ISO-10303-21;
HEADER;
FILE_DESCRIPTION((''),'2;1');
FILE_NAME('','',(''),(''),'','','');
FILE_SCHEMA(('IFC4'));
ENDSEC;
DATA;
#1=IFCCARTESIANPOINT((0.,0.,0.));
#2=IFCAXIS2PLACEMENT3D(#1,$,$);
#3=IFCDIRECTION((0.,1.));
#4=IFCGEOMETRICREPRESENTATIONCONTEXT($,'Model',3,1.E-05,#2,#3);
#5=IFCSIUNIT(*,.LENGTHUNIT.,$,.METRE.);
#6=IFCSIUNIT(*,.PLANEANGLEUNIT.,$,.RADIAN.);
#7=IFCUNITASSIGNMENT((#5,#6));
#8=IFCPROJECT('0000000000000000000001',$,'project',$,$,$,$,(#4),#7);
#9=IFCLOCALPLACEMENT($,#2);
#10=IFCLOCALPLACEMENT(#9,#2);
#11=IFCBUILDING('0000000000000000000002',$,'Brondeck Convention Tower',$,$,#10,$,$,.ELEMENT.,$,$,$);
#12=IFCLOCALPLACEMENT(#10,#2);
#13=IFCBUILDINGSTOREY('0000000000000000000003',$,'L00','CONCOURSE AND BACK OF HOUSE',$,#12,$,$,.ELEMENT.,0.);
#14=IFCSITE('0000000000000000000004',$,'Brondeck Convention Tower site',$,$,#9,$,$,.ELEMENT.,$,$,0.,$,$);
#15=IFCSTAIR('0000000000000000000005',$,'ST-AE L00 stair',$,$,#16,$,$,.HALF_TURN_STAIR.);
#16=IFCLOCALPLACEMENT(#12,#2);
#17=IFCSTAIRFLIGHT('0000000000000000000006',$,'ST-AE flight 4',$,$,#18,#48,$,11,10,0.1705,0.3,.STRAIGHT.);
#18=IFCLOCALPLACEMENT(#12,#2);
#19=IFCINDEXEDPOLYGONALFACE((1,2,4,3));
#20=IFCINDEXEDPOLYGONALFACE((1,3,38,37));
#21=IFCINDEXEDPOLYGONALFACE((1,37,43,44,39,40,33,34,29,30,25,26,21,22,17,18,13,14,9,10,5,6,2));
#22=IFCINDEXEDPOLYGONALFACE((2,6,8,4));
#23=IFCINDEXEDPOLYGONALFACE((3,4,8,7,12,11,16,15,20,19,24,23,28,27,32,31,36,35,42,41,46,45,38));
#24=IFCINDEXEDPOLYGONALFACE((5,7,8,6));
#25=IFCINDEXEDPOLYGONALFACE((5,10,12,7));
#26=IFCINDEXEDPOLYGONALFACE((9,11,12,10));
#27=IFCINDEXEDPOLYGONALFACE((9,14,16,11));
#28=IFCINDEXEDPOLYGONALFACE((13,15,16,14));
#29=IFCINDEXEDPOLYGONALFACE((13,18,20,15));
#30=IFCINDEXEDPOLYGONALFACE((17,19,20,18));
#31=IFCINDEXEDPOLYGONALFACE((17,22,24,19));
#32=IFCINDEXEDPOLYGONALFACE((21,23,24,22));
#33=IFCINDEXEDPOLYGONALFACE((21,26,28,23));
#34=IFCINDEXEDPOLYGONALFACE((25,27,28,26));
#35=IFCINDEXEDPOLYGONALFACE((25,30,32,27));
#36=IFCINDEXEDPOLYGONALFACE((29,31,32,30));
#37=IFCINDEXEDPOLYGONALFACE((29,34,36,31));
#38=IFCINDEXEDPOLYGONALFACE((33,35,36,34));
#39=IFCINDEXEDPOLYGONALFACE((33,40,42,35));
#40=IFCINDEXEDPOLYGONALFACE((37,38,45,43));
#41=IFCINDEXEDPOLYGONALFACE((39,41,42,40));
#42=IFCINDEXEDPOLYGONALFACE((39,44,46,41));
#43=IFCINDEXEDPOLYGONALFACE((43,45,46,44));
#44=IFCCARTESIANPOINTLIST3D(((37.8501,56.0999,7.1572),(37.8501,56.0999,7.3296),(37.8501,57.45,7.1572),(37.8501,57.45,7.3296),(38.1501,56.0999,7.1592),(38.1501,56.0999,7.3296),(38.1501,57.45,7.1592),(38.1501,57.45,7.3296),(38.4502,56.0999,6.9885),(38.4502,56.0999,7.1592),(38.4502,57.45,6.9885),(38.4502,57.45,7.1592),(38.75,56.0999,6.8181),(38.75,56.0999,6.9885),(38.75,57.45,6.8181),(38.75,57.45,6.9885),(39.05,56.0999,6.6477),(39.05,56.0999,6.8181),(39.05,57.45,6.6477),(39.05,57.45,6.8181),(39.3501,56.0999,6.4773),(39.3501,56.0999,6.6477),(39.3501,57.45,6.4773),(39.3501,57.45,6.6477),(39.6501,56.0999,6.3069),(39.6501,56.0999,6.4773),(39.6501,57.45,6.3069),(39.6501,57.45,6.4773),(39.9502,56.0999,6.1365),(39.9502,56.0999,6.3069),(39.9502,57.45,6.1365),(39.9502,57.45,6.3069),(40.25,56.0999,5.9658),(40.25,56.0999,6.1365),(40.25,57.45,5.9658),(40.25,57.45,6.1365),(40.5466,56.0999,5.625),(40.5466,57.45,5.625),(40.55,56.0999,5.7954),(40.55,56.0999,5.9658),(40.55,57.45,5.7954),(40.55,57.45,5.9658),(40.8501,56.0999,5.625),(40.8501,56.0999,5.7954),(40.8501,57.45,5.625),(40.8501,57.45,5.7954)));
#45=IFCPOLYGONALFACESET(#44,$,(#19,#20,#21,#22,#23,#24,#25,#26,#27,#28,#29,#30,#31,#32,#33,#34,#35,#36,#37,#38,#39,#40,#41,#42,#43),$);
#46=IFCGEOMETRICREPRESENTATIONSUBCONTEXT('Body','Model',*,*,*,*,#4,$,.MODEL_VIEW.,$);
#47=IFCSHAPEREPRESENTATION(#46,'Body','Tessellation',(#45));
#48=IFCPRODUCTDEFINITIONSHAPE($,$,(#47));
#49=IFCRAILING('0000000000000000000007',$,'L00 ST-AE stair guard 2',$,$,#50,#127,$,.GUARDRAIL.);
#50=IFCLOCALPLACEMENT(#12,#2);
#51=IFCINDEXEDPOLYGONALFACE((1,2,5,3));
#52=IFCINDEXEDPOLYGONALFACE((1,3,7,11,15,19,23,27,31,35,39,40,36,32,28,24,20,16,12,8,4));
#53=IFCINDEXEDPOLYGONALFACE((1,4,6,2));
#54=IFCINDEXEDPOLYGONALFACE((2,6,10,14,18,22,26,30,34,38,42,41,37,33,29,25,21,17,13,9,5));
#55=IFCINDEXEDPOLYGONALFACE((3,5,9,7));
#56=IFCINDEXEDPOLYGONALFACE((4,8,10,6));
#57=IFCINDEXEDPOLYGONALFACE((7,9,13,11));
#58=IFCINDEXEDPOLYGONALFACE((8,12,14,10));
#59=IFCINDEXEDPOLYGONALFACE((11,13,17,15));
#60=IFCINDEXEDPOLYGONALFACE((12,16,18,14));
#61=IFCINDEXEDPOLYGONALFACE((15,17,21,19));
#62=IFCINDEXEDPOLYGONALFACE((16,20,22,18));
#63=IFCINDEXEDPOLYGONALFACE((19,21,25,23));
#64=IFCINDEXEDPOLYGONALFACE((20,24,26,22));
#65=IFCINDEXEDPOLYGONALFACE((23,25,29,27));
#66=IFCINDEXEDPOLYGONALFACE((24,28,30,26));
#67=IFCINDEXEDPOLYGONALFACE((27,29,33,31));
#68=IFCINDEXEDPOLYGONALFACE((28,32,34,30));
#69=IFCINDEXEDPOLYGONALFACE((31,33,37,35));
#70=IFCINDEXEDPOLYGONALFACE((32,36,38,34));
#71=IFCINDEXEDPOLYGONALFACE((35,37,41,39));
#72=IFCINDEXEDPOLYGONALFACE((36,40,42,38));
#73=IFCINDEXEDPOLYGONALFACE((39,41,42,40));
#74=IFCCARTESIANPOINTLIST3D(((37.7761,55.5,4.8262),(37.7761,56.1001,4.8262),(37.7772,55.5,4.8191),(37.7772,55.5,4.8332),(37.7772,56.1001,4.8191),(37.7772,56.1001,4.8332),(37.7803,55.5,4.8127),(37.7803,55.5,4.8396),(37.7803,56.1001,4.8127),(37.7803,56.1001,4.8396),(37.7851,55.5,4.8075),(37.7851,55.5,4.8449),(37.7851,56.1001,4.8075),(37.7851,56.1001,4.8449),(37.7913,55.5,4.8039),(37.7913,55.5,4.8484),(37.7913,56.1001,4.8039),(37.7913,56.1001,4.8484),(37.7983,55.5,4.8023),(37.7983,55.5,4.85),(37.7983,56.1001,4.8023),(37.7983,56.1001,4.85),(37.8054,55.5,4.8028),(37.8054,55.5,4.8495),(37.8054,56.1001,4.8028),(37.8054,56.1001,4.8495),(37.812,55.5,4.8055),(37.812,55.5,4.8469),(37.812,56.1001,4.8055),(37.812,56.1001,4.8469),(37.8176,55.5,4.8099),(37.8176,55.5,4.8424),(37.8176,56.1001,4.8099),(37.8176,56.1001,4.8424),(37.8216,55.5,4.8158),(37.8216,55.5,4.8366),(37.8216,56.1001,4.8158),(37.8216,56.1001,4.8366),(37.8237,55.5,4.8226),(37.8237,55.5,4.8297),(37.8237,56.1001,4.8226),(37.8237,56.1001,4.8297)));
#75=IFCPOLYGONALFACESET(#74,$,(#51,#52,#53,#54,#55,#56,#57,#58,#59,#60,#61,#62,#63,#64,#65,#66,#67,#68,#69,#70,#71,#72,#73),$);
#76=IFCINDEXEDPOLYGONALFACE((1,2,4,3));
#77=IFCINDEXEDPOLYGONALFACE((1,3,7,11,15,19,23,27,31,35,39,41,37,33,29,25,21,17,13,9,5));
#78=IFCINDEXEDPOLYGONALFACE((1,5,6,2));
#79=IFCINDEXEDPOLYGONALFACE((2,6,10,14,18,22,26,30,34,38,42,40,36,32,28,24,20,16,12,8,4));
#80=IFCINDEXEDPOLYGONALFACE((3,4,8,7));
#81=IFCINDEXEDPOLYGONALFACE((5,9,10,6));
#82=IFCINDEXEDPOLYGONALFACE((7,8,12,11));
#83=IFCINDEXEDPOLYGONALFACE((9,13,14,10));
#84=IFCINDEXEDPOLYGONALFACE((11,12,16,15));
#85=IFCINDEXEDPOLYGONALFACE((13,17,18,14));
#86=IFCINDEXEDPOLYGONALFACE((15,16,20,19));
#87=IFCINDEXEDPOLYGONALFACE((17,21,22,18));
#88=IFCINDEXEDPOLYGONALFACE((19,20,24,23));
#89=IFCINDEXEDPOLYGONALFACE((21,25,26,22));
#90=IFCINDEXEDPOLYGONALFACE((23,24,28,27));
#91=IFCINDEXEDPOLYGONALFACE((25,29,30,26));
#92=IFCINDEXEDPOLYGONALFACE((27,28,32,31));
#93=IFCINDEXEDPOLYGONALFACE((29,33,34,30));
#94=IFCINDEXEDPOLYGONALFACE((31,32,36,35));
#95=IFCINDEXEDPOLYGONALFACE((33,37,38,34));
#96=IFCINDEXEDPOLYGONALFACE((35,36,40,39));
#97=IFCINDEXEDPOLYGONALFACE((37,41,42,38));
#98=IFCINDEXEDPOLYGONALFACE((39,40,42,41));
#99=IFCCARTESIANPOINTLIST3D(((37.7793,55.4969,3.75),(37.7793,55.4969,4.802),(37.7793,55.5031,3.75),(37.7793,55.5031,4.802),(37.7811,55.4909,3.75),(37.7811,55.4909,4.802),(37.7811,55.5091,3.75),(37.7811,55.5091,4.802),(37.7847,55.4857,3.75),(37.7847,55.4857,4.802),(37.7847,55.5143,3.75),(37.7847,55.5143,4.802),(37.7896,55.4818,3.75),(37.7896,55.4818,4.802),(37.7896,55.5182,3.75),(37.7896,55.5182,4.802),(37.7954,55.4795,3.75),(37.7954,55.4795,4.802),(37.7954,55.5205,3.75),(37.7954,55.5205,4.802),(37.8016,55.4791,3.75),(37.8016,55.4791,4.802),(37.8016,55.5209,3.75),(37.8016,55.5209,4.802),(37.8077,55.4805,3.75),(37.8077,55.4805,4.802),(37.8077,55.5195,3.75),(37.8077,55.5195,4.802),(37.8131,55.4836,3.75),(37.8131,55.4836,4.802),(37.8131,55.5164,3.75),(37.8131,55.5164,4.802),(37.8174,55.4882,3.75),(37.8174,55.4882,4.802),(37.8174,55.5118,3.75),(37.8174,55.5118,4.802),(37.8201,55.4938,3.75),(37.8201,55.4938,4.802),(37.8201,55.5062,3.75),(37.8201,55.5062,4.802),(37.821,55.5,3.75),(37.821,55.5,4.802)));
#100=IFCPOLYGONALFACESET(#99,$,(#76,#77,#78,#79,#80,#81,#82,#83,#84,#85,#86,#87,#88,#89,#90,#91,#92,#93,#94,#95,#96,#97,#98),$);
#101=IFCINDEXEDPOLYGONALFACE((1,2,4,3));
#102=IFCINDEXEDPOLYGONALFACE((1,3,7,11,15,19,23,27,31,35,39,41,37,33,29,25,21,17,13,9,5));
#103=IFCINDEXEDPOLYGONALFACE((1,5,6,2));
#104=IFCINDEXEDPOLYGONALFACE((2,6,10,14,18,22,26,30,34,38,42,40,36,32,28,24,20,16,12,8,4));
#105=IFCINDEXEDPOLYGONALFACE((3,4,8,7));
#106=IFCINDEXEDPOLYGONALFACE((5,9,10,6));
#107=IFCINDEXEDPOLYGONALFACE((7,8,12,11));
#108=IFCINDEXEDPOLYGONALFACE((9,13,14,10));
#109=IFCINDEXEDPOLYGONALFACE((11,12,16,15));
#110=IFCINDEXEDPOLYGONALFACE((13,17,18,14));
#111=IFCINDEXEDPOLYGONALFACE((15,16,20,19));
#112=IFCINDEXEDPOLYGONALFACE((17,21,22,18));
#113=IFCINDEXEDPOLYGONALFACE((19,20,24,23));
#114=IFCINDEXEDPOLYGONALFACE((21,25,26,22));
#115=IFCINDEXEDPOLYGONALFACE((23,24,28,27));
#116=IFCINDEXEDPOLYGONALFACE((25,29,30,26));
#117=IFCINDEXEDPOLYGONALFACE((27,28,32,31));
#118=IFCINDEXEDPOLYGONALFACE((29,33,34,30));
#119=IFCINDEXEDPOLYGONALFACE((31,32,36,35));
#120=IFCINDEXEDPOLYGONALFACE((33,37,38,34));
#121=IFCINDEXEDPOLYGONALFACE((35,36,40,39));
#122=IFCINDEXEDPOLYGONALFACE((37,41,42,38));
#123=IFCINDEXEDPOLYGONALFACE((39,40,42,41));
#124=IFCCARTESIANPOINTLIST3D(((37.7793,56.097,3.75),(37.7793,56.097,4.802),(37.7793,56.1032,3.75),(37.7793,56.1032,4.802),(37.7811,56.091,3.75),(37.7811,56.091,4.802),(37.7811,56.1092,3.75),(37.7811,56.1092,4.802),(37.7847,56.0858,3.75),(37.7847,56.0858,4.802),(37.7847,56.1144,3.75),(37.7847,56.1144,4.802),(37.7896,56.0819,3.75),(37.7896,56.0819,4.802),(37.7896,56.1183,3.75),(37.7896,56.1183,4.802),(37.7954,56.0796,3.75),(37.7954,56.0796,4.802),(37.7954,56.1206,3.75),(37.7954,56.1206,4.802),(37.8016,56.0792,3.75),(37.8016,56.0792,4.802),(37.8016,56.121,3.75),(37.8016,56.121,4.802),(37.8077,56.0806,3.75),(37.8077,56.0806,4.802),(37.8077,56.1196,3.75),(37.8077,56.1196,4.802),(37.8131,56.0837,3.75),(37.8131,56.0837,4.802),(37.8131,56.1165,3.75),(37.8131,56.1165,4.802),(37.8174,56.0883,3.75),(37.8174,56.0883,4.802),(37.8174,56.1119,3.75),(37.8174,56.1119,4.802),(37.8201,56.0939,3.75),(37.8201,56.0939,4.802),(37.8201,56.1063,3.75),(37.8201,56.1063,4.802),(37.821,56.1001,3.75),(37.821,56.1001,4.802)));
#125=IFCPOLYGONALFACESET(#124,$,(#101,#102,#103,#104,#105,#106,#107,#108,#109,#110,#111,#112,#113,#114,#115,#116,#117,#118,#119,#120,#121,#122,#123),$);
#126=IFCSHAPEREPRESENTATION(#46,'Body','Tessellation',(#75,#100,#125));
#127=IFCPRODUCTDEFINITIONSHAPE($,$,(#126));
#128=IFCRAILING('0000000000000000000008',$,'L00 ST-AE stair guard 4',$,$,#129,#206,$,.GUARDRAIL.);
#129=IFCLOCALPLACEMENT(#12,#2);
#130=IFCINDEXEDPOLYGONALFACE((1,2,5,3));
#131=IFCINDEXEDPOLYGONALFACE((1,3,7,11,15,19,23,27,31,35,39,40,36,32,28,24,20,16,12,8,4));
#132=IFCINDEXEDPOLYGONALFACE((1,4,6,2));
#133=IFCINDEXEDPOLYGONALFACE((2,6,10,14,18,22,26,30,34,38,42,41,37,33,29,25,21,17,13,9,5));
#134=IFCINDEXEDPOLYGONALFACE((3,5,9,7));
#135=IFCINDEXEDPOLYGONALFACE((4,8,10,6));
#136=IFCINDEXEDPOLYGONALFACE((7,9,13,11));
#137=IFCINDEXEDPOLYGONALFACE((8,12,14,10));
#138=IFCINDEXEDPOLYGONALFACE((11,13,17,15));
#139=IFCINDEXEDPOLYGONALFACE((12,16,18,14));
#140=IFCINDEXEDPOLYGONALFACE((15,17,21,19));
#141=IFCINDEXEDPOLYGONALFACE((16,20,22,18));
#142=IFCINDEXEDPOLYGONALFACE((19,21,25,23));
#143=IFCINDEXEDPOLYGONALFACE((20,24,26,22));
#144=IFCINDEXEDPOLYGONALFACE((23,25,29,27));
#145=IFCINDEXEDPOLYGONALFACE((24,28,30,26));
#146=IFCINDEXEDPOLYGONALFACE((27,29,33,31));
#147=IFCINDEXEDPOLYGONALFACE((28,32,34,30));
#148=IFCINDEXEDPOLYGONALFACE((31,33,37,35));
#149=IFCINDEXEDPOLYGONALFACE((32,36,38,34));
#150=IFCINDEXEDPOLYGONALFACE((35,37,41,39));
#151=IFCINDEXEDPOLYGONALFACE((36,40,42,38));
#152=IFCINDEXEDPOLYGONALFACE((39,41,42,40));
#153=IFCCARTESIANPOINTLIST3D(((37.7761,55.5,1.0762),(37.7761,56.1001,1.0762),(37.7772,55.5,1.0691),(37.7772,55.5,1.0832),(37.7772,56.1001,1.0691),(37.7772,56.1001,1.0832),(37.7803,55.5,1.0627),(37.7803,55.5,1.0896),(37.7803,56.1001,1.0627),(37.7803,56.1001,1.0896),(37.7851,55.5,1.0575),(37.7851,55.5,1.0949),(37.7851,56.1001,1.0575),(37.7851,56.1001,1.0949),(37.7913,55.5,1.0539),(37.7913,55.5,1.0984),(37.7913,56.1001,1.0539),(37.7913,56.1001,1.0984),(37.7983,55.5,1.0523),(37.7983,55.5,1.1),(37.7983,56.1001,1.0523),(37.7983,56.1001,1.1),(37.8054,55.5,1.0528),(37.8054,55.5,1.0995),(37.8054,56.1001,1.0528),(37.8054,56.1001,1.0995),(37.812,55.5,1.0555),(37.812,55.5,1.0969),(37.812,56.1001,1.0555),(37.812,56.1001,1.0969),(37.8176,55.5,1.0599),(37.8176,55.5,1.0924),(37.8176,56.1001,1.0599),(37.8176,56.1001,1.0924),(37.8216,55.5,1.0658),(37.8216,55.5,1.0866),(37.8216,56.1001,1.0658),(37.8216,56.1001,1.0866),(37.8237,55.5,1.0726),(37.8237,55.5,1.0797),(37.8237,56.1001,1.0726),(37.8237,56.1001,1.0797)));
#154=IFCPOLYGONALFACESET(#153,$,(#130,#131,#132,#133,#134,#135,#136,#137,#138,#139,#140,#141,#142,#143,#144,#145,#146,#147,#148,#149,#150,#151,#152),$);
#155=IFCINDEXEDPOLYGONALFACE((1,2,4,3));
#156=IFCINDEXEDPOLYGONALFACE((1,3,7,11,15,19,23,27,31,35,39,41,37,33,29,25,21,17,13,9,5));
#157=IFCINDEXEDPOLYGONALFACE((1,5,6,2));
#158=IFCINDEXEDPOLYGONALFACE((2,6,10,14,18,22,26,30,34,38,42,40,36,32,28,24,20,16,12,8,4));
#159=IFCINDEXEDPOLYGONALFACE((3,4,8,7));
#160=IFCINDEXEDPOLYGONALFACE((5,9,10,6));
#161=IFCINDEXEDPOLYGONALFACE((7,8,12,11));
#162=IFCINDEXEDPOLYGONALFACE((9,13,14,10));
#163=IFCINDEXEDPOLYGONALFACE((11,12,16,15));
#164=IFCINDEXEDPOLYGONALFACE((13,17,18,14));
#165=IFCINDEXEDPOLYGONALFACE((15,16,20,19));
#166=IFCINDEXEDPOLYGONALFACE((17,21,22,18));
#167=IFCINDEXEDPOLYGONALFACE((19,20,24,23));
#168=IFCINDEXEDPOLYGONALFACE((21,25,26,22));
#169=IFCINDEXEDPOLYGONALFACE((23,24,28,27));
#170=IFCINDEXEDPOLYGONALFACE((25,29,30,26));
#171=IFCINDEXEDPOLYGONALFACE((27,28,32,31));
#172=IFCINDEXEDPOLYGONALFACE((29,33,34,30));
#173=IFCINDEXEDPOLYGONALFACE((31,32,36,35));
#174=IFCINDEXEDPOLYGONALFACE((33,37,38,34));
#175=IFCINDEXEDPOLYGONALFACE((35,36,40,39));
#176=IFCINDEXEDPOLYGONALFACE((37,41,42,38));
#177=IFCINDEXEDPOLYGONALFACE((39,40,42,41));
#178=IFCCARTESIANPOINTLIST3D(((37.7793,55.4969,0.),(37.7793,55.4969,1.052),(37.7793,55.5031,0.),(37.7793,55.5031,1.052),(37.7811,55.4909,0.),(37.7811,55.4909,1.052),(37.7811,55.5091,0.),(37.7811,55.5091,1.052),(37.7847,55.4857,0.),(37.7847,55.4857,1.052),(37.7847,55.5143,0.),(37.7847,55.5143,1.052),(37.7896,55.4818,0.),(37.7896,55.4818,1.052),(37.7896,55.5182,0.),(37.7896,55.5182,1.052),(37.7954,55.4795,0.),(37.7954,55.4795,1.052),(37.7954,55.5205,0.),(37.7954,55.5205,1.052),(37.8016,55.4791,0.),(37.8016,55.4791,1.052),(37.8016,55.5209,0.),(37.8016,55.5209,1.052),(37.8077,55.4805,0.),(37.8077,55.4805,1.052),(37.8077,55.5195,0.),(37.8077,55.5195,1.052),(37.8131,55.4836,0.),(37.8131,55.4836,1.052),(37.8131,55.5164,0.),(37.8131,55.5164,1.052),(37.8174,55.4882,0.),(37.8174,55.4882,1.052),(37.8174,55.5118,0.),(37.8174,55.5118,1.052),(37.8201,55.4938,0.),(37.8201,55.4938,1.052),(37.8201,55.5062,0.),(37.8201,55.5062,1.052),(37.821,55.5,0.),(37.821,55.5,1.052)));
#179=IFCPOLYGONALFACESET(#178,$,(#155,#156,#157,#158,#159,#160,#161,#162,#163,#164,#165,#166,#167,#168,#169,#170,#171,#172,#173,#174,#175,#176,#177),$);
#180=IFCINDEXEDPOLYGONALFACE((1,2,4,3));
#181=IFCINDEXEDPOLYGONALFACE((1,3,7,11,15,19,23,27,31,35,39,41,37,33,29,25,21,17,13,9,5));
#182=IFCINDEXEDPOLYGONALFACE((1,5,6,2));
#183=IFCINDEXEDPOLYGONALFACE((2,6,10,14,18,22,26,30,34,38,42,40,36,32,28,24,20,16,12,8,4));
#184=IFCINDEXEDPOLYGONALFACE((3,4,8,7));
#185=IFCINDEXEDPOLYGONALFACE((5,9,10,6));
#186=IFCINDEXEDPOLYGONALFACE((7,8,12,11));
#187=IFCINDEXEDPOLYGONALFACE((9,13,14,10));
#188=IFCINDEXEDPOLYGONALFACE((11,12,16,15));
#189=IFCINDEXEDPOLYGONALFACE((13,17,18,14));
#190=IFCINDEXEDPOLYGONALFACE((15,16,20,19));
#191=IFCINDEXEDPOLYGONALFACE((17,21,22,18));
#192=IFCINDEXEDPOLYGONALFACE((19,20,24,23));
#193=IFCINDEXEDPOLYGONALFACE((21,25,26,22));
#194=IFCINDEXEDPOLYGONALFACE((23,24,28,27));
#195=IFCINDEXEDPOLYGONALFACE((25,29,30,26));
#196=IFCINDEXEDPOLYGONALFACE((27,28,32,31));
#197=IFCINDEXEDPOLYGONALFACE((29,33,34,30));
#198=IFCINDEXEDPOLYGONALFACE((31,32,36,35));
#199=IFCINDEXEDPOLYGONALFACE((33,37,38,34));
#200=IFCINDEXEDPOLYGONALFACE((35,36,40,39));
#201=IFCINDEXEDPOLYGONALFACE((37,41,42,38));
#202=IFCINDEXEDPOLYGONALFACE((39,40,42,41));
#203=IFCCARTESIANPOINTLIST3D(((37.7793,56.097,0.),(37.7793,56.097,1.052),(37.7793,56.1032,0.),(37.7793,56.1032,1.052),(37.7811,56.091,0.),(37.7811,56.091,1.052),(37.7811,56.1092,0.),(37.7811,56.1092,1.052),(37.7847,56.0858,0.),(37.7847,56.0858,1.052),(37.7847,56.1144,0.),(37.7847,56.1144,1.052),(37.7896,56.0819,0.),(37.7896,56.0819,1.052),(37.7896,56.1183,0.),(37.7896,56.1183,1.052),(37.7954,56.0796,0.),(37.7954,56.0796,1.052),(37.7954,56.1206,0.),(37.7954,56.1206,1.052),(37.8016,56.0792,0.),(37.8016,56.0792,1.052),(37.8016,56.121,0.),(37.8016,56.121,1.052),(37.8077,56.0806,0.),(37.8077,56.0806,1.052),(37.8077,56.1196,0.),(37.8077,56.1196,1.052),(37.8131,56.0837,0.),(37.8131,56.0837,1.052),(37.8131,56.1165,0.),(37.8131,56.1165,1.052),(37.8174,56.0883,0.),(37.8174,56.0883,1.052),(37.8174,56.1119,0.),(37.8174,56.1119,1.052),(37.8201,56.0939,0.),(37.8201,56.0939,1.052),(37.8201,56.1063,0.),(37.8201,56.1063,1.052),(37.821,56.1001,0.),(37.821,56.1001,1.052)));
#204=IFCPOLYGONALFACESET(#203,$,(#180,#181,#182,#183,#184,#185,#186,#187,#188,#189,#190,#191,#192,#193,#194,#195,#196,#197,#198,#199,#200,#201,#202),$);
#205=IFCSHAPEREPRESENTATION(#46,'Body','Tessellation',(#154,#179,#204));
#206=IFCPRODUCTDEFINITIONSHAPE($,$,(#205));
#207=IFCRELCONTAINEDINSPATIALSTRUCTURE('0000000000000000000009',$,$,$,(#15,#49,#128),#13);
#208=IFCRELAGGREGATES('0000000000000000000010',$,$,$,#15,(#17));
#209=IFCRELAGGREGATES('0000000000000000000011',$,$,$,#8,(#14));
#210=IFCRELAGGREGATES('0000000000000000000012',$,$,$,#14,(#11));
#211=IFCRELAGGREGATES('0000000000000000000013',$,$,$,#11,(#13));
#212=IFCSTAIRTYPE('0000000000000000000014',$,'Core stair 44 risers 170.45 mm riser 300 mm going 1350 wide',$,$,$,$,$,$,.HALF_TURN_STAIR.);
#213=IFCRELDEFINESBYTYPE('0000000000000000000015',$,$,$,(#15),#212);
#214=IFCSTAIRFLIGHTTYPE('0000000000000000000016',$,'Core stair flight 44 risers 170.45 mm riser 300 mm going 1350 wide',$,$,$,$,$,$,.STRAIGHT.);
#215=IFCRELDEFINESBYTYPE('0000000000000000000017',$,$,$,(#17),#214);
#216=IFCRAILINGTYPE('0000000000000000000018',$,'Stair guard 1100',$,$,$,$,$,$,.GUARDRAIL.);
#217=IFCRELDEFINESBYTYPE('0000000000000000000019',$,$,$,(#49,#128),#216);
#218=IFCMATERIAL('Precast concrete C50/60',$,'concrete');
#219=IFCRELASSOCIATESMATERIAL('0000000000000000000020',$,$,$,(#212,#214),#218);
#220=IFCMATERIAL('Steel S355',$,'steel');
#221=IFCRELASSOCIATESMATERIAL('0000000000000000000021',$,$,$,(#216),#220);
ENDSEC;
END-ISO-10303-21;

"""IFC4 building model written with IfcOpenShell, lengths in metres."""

from ifc_helpers import new_model, si_unit, direction, frame, origin, origin_2d, place, context, subcontext, project, spatial, polyline, circle, outline, extrude, material, type_object, element, aggregate, save


model = new_model("IFC4")

# Units and contexts
model_context = context("Model", 3, precision=1e-05, world=origin(), true_north=direction((0.0, 1.0)))
body_context = subcontext(model_context, "Body", "Model", "MODEL_VIEW")
ifc_project = project(units=[si_unit("LENGTHUNIT", "METRE"), si_unit("PLANEANGLEUNIT", "RADIAN")], contexts=[model_context])

# Site, building, storey
site_placement = place(None, origin())
site = spatial("IfcSite", under=ifc_project, at=site_placement, Name="Brondeck Convention Tower site", CompositionType="ELEMENT", RefElevation=0.0)
building_placement = place(site_placement, origin())
building = spatial("IfcBuilding", under=site, at=building_placement, Name="Brondeck Convention Tower", CompositionType="ELEMENT")
storey_placement = place(building_placement, origin())
storey = spatial("IfcBuildingStorey", under=building, at=storey_placement, Name="L00", Description="CONCOURSE AND BACK OF HOUSE", CompositionType="ELEMENT", Elevation=0.0)

# Shared definitions
ifc_material_1 = material(Name="Steel S355", Category="steel")

# Stair, stair flight
ifc_material_2 = material(Name="Precast concrete C50/60", Category="concrete")
stair_type = type_object("IfcStairType", Name="Core stair 44 risers 170.45 mm riser 300 mm going 1350 wide", PredefinedType="HALF_TURN_STAIR", material=ifc_material_2)
stair_placement = place(storey_placement, origin())
stair = element("IfcStair", 1, at=stair_placement, inside=storey, type_object=stair_type, Name="ST-AE L00 stair", PredefinedType="HALF_TURN_STAIR")
stair_flight_type = type_object("IfcStairFlightType", Name="Core stair flight 44 risers 170.45 mm riser 300 mm going 1350 wide", PredefinedType="STRAIGHT", material=ifc_material_2)
stair_flight_1_placement = place(storey_placement, frame((40.8501, 56.7749, 5.625), z_axis=(0.0, 0.0, 1.0), x_axis=(-1.0, 0.0, 0.0)))
stair_flight_1 = element("IfcStairFlight", 2, at=stair_flight_1_placement, type_object=stair_flight_type, Name="ST-AE flight 4", NumberOfRisers=11, NumberOfTreads=10, PredefinedType="STRAIGHT", RiserHeight=0.1705, TreadLength=0.3, context=body_context, shape_type="SweptSolid", body=[
    extrude(outline(polyline([(0.0, 0.0), (0.0, 0.1704), (0.3, 0.1704), (0.3, 0.3408), (0.6001, 0.3408), (0.6001, 0.5115), (0.8999, 0.5115), (0.8999, 0.6819), (1.2, 0.6819), (1.2, 0.8523), (1.5, 0.8523), (1.5, 1.0227), (1.8, 1.0227), (1.8, 1.1931), (2.1001, 1.1931), (2.1001, 1.3635), (2.3999, 1.3635), (2.3999, 1.5342), (2.7, 1.5342), (2.7, 1.7046), (3.0, 1.7046), (3.0, 1.875), (3.0, 1.5322), (0.3035, 0.0), (0.0, 0.0)])), frame((0.0, 0.675, 0.0), z_axis=(0.0, -1.0, 0.0), x_axis=(1.0, 0.0, 0.0)), (0.0, 0.0, 1.0), 1.3501),
])
aggregate(stair, [stair_flight_1])

# Railings
railing_type_1 = type_object("IfcRailingType", Name="Stair guard 1100", PredefinedType="GUARDRAIL", material=ifc_material_1)
railing_1_placement = place(storey_placement, frame((37.8, 55.5, 3.75)))
element("IfcRailing", 3, at=railing_1_placement, inside=storey, type_object=railing_type_1, Name="L00 ST-AE stair guard 2", PredefinedType="GUARDRAIL", context=body_context, shape_type="SweptSolid", body=[
    extrude(circle(Radius=0.0239, at=origin_2d()), frame((0.0, 0.0, 1.0762), z_axis=(0.0, 1.0, 0.0), x_axis=(-1.0, 0.0, 0.0)), (0.0, 0.0, 1.0), 0.6001),
    extrude(circle(Radius=0.021, at=origin_2d()), origin(), (0.0, 0.0, 1.0), 1.052),
    extrude(circle(Radius=0.021, at=origin_2d()), frame((0.0, 0.6001, 0.0)), (0.0, 0.0, 1.0), 1.052),
])
railing_2_placement = place(storey_placement, frame((37.8, 55.5, 0.0)))
element("IfcRailing", 4, at=railing_2_placement, inside=storey, type_object=railing_type_1, Name="L00 ST-AE stair guard 4", PredefinedType="GUARDRAIL", context=body_context, shape_type="SweptSolid", body=[
    extrude(circle(Radius=0.0239, at=origin_2d()), frame((0.0, 0.0, 1.0762), z_axis=(0.0, 1.0, 0.0), x_axis=(-1.0, 0.0, 0.0)), (0.0, 0.0, 1.0), 0.6001),
    extrude(circle(Radius=0.021, at=origin_2d()), origin(), (0.0, 0.0, 1.0), 1.052),
    extrude(circle(Radius=0.021, at=origin_2d()), frame((0.0, 0.6001, 0.0)), (0.0, 0.0, 1.0), 1.052),
])

save(model, "model.ifc")
